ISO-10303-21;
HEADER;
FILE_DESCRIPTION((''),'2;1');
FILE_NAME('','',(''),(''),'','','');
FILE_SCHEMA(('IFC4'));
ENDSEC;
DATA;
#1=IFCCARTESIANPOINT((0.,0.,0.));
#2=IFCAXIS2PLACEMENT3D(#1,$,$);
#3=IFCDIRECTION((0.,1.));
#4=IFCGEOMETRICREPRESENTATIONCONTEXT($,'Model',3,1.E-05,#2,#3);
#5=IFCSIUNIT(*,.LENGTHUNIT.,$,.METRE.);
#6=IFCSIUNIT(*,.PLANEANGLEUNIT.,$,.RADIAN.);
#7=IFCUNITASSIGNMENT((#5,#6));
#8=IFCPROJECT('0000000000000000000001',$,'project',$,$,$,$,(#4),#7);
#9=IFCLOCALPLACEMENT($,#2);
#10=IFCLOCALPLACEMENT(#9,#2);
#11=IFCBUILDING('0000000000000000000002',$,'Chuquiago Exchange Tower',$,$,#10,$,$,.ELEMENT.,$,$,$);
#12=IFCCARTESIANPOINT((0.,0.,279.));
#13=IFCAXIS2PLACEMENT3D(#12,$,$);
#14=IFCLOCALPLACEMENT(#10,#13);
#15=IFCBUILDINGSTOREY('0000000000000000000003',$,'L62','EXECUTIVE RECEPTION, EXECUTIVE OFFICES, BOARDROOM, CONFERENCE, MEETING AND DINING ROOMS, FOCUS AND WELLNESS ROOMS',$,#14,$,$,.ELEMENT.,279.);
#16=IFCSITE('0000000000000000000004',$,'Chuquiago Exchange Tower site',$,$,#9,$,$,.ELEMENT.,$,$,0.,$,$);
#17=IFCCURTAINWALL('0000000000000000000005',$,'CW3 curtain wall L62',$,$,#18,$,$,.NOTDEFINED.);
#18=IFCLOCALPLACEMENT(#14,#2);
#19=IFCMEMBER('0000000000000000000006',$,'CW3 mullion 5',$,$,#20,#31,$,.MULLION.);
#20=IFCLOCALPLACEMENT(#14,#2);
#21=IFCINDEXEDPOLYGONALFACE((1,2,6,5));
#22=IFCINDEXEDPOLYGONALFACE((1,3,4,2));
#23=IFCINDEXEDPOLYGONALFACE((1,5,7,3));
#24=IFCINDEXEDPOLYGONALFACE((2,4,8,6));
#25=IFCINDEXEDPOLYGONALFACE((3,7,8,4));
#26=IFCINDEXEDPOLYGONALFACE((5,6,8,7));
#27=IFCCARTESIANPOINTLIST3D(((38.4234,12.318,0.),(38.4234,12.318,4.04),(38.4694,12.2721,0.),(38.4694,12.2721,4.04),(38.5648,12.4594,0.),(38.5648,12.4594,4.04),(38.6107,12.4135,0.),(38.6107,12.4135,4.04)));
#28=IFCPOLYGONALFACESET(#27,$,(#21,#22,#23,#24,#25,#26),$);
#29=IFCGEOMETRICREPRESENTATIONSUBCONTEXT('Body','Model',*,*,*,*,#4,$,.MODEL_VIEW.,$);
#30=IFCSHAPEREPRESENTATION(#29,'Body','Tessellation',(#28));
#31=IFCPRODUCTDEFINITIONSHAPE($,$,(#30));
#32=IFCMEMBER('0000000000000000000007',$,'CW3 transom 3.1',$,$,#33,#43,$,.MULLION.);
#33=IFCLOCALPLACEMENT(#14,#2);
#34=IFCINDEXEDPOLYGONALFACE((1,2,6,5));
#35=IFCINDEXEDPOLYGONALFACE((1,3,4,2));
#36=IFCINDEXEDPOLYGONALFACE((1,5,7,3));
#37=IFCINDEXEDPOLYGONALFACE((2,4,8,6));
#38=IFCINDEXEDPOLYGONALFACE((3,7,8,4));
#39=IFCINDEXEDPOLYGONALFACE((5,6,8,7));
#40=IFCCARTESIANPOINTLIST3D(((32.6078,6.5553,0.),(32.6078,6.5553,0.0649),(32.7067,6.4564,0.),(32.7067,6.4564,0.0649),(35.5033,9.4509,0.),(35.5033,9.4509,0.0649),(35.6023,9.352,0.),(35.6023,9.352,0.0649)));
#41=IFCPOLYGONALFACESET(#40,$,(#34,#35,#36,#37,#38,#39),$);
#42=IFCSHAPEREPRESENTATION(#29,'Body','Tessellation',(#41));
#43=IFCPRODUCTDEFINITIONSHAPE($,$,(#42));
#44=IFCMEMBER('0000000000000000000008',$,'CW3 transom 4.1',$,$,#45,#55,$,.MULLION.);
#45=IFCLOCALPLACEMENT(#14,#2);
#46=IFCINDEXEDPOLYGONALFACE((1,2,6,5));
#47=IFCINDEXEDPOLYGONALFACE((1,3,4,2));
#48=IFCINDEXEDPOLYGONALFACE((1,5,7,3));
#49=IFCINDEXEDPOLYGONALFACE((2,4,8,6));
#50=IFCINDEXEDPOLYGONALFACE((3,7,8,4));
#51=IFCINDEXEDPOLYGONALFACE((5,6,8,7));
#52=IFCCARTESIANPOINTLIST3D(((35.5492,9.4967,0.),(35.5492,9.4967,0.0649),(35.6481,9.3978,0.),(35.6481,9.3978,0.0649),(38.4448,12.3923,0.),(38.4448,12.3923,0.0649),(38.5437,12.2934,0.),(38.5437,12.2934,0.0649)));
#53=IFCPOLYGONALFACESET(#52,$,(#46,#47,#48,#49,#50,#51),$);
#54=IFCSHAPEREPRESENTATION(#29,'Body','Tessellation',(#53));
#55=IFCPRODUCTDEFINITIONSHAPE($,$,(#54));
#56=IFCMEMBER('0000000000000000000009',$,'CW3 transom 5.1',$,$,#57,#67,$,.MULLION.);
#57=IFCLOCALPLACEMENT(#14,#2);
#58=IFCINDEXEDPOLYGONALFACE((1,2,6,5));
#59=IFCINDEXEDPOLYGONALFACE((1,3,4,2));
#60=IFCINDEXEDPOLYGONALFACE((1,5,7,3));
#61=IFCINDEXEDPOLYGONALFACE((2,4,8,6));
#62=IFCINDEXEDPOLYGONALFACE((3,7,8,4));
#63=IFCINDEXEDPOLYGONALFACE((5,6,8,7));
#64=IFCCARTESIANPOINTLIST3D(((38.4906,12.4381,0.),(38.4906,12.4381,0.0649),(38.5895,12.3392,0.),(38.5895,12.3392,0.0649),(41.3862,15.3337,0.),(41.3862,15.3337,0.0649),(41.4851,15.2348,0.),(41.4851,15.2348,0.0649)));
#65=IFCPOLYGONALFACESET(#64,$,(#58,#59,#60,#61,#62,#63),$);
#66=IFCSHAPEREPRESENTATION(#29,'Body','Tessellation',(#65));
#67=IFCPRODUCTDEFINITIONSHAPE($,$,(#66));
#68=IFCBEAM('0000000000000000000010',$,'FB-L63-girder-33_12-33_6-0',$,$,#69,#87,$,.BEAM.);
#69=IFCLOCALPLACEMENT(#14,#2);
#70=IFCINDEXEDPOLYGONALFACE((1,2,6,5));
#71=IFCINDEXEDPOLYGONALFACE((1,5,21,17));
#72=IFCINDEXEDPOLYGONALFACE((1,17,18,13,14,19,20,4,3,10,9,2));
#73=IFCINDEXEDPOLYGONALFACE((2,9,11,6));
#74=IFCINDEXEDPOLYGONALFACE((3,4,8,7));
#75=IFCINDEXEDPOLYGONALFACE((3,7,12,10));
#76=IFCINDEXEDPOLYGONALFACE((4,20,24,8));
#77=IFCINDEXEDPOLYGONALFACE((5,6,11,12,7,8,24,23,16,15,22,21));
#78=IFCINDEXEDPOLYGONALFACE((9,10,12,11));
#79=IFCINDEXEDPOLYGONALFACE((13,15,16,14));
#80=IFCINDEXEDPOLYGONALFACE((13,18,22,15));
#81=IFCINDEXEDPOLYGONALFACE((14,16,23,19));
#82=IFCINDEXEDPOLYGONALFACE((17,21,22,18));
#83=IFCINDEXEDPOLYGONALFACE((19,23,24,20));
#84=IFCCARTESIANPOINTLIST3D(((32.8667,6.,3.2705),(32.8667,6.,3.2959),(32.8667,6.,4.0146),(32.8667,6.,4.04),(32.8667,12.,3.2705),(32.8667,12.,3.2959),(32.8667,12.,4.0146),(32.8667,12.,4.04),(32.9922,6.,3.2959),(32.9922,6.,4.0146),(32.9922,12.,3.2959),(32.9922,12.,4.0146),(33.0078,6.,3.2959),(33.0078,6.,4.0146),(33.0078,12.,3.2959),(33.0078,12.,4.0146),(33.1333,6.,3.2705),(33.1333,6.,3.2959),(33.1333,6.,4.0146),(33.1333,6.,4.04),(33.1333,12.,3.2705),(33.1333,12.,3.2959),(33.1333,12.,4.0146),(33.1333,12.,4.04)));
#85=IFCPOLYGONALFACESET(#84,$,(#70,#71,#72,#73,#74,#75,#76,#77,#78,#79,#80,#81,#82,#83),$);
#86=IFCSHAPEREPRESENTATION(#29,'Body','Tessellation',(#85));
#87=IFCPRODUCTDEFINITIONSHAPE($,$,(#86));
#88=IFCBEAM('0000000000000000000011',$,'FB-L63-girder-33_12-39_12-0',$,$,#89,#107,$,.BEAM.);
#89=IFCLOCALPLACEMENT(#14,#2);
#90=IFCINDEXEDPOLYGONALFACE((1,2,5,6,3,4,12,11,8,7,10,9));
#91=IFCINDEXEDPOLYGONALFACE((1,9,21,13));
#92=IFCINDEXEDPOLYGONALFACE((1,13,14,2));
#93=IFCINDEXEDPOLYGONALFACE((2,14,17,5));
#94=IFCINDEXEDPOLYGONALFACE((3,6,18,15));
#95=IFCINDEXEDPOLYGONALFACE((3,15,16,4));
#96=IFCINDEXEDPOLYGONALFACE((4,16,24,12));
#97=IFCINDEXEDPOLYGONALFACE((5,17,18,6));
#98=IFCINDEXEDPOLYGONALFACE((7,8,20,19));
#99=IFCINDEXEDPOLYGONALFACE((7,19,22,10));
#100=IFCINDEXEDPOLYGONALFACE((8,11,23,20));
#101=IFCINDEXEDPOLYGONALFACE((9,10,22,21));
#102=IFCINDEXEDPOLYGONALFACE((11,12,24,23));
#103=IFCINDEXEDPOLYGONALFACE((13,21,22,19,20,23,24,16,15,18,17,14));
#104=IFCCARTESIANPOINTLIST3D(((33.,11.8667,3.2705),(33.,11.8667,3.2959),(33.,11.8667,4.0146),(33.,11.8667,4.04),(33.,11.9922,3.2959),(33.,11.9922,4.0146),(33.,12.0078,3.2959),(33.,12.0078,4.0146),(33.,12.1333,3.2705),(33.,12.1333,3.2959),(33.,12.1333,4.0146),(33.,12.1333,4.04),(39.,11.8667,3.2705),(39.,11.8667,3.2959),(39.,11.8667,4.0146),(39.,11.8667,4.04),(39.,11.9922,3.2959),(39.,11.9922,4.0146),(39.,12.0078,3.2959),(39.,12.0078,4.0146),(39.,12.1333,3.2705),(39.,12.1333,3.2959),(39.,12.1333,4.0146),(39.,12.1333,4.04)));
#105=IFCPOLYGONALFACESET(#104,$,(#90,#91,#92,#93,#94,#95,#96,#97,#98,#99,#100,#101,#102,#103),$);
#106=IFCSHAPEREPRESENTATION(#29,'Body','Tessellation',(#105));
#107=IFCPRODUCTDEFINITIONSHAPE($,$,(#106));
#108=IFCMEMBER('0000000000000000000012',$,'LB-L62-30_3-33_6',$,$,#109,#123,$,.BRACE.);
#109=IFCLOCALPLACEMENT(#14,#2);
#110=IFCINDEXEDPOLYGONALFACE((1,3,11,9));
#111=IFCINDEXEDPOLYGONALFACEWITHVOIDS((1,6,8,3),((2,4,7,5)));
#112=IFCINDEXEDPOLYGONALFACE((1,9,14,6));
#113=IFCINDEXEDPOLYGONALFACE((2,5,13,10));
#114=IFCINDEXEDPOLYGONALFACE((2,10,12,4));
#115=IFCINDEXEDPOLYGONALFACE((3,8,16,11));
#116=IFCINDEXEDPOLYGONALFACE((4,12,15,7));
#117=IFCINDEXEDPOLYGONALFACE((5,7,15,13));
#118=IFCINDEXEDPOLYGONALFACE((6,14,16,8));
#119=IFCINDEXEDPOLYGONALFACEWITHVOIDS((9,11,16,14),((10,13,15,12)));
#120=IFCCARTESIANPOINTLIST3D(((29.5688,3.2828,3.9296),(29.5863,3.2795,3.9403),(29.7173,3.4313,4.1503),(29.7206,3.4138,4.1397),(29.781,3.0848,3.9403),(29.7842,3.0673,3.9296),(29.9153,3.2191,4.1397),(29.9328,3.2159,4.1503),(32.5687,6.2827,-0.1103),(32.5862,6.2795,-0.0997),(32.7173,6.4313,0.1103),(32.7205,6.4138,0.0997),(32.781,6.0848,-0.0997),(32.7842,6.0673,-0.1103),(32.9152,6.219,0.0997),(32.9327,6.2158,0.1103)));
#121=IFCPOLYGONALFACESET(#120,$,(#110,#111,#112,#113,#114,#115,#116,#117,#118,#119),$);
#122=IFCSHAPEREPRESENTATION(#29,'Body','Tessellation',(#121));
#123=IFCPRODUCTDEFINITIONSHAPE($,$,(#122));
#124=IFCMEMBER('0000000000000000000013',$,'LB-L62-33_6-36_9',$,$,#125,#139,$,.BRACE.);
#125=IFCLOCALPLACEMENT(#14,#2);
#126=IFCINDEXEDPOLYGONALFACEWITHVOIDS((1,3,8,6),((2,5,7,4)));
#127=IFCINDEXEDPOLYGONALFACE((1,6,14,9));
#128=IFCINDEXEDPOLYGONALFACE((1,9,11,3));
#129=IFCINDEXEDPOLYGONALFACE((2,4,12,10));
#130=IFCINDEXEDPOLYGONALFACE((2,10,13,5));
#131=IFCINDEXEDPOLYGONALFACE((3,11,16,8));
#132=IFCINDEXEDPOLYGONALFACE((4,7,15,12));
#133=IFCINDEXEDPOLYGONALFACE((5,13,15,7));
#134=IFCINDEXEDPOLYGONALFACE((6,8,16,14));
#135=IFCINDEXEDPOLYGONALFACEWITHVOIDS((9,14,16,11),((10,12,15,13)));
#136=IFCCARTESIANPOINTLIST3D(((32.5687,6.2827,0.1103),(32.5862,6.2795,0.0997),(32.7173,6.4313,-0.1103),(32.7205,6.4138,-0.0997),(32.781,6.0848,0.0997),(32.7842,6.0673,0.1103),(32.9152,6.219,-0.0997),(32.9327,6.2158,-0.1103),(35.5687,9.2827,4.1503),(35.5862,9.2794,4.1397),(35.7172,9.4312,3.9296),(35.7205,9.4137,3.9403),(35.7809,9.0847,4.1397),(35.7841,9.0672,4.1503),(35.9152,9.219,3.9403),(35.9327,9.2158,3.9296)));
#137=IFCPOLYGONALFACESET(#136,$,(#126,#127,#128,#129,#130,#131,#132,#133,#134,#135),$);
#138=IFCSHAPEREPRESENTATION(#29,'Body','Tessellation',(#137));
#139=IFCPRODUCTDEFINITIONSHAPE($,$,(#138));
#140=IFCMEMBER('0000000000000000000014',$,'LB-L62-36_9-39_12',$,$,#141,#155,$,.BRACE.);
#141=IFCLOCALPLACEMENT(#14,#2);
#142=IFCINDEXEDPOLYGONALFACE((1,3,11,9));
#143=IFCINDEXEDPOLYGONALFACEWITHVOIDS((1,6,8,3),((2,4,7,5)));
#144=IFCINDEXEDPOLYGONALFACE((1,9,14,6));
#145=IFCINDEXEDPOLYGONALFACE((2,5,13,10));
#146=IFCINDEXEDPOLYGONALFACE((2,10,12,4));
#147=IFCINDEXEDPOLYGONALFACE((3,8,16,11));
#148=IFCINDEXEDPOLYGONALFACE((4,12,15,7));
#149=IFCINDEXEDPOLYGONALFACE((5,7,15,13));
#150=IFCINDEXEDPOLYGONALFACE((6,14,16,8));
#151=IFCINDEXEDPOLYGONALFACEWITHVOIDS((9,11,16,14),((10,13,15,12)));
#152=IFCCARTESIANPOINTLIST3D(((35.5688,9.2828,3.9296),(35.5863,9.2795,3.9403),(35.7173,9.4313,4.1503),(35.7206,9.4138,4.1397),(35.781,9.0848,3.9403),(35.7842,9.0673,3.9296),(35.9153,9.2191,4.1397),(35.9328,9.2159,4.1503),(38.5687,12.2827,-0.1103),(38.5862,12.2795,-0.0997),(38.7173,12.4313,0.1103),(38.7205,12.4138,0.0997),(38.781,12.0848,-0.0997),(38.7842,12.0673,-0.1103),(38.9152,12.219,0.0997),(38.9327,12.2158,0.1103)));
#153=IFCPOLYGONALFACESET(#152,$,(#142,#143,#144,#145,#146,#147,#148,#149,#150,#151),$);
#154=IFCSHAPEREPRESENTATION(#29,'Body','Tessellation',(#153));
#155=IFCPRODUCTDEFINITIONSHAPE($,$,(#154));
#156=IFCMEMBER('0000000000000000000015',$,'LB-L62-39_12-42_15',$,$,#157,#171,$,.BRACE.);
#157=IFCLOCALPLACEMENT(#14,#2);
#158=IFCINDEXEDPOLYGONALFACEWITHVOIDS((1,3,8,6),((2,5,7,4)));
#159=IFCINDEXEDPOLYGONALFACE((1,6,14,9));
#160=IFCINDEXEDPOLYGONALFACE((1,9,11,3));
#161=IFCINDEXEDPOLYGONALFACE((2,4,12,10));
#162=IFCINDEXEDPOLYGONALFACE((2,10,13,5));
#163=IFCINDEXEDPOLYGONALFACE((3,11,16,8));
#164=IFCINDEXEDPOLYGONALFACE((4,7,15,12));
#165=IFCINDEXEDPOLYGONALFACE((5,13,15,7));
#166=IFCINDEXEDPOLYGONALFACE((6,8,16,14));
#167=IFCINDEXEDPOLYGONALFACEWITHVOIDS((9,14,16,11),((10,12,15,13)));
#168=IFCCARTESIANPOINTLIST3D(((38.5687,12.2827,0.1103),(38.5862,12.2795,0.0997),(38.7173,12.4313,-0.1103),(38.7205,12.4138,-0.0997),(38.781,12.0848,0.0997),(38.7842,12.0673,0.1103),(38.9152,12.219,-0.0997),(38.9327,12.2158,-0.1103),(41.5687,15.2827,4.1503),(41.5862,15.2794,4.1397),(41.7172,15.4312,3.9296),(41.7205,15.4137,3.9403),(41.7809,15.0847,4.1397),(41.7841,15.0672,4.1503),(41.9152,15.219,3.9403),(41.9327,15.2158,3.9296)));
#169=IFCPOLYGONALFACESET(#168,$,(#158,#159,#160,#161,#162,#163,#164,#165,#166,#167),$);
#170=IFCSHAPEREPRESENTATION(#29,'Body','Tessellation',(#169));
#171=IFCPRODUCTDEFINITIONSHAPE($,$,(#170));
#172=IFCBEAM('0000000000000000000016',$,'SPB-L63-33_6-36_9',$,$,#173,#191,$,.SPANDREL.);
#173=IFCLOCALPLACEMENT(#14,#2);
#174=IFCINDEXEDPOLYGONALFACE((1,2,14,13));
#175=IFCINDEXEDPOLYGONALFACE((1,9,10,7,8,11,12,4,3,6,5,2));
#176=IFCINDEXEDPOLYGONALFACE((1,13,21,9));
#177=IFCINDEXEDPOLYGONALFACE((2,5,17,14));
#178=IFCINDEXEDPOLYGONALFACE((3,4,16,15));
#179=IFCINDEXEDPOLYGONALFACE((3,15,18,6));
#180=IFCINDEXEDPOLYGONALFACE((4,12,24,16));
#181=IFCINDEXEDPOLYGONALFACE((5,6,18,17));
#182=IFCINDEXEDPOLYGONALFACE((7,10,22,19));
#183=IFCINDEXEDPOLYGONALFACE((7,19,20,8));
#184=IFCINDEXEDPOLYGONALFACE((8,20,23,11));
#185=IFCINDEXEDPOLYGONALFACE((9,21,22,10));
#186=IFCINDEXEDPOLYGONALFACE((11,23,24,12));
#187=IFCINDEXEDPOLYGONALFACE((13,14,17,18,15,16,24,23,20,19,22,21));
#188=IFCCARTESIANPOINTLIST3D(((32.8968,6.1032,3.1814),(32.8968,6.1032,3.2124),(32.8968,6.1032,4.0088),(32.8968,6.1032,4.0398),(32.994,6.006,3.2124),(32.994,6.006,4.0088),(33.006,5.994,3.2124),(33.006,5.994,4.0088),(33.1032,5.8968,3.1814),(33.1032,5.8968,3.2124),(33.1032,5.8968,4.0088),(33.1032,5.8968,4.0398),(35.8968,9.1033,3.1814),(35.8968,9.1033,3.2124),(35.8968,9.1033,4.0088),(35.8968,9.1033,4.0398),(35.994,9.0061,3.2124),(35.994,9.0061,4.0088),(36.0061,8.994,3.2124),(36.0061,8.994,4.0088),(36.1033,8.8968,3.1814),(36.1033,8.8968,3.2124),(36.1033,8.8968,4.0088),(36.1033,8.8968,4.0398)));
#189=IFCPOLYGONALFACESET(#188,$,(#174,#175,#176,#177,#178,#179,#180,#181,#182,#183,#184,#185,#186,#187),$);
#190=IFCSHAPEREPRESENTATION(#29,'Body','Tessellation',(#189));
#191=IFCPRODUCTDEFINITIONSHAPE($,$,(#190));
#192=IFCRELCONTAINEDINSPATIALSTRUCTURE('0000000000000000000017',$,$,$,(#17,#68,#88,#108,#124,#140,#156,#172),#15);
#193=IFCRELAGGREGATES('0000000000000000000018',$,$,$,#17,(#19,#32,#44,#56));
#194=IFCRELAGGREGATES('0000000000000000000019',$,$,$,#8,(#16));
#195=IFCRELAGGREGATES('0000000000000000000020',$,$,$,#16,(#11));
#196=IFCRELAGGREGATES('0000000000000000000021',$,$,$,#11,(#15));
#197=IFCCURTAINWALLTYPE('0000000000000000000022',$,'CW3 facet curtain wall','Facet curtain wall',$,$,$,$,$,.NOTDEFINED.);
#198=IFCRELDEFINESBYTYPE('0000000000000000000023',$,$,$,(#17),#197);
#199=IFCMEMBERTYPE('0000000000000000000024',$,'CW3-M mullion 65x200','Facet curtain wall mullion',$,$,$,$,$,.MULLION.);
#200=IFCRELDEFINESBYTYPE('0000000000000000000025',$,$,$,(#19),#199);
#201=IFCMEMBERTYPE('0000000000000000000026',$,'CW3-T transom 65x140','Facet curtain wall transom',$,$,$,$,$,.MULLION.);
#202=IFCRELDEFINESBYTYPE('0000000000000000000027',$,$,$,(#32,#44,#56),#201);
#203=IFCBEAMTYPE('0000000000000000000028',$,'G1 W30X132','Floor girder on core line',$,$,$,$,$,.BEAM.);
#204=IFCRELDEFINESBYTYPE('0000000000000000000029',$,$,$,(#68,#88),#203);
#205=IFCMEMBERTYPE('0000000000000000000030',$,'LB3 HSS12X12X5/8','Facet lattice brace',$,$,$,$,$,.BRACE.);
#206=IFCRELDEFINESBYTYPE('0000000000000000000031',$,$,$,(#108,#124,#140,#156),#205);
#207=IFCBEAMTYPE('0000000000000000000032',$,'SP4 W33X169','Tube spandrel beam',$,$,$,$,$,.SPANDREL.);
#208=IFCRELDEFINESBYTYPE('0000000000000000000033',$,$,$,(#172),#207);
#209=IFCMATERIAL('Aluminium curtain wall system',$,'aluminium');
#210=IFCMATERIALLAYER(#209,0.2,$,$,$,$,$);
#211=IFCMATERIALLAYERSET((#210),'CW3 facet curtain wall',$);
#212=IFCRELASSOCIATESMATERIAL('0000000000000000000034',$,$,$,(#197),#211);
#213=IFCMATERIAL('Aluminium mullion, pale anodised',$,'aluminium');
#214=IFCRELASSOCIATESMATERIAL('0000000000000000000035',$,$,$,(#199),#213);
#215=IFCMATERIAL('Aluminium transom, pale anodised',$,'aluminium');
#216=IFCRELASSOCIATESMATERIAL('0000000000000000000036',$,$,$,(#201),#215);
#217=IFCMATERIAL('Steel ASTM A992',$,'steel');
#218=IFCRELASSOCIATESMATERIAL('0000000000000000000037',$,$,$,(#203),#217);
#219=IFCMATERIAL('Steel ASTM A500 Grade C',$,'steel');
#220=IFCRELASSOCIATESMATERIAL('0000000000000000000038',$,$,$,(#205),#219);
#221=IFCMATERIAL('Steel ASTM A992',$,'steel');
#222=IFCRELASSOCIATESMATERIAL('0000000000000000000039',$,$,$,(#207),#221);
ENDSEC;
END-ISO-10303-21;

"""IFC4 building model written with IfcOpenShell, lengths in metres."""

from ifc_helpers import new_model, si_unit, direction, frame, origin, origin_2d, place, context, subcontext, project, spatial, rectangle, hollow_rectangle, i_section, extrude, material, layer, layer_set, material_profile, profile_set, type_object, element, aggregate, save


model = new_model("IFC4")

# Units and contexts
model_context = context("Model", 3, precision=1e-05, world=origin(), true_north=direction((0.0, 1.0)))
body_context = subcontext(model_context, "Body", "Model", "MODEL_VIEW")
ifc_project = project(units=[si_unit("LENGTHUNIT", "METRE"), si_unit("PLANEANGLEUNIT", "RADIAN")], contexts=[model_context])

# Site, building, storey
site_placement = place(None, origin())
site = spatial("IfcSite", under=ifc_project, at=site_placement, Name="Chuquiago Exchange Tower site", CompositionType="ELEMENT", RefElevation=0.0)
building_placement = place(site_placement, origin())
building = spatial("IfcBuilding", under=site, at=building_placement, Name="Chuquiago Exchange Tower", CompositionType="ELEMENT")
storey_placement = place(building_placement, frame((0.0, 0.0, 279.0)))
storey = spatial("IfcBuildingStorey", under=building, at=storey_placement, Name="L62", Description="EXECUTIVE RECEPTION, EXECUTIVE OFFICES, BOARDROOM, CONFERENCE, MEETING AND DINING ROOMS, FOCUS AND WELLNESS ROOMS", CompositionType="ELEMENT", Elevation=279.0)

# Curtain wall, members
ifc_material_1 = material(Name="Aluminium curtain wall system", Category="aluminium")
ifc_layer_1 = layer(ifc_material_1, 0.2)
ifc_layer_set_1 = layer_set([ifc_layer_1], Name="CW3 facet curtain wall")
curtain_wall_type = type_object("IfcCurtainWallType", Name="CW3 facet curtain wall", Description="Facet curtain wall", PredefinedType="NOTDEFINED", material=ifc_layer_set_1)
curtain_wall_placement = place(storey_placement, origin())
curtain_wall = element("IfcCurtainWall", 1, at=curtain_wall_placement, inside=storey, type_object=curtain_wall_type, Name="CW3 curtain wall L62", PredefinedType="NOTDEFINED")
ifc_material_2 = material(Name="Aluminium mullion, pale anodised", Category="aluminium")
ifc_material_profile_1 = material_profile(ifc_material_2, rectangle(XDim=0.0649, YDim=0.2, at=origin_2d()), Name="AL 65x200")
ifc_profile_set_1 = profile_set([ifc_material_profile_1], Name="Aluminium mullion, pale anodised")
member_type_1 = type_object("IfcMemberType", Name="CW3-M mullion 65x200", Description="Facet curtain wall mullion", PredefinedType="MULLION", material=ifc_profile_set_1)
member_1_placement = place(storey_placement, frame((38.5171, 12.3657, 0.0), z_axis=(0.0, 0.0, 1.0), x_axis=(-0.707107, 0.707107, 0.0)))
member_1 = element("IfcMember", 2, at=member_1_placement, type_object=member_type_1, Name="CW3 mullion 5", PredefinedType="MULLION", context=body_context, shape_type="SweptSolid", body=[
    extrude(rectangle(XDim=0.0649, YDim=0.2, at=origin_2d()), origin(), (0.0, 0.0, 1.0), 4.04),
])
ifc_material_3 = material(Name="Aluminium transom, pale anodised", Category="aluminium")
ifc_material_profile_2 = material_profile(ifc_material_3, rectangle(XDim=0.1399, YDim=0.0649, at=origin_2d()), Name="AL 140x65")
ifc_profile_set_2 = profile_set([ifc_material_profile_2], Name="Aluminium transom, pale anodised")
member_type_2 = type_object("IfcMemberType", Name="CW3-T transom 65x140", Description="Facet curtain wall transom", PredefinedType="MULLION", material=ifc_profile_set_2)
member_2_placement = place(storey_placement, frame((32.6572, 6.5059, 0.0325), z_axis=(0.707107, 0.707107, 0.0), x_axis=(-0.707107, 0.707107, 0.0)))
member_2 = element("IfcMember", 3, at=member_2_placement, type_object=member_type_2, Name="CW3 transom 3.1", PredefinedType="MULLION", context=body_context, shape_type="SweptSolid", body=[
    extrude(rectangle(XDim=0.1399, YDim=0.0649, at=origin_2d()), origin(), (0.0, 0.0, 1.0), 4.095),
])
member_3_placement = place(storey_placement, frame((35.5986, 9.4473, 0.0325), z_axis=(0.707107, 0.707107, 0.0), x_axis=(-0.707107, 0.707107, 0.0)))
member_3 = element("IfcMember", 4, at=member_3_placement, type_object=member_type_2, Name="CW3 transom 4.1", PredefinedType="MULLION", context=body_context, shape_type="SweptSolid", body=[
    extrude(rectangle(XDim=0.1399, YDim=0.0649, at=origin_2d()), origin(), (0.0, 0.0, 1.0), 4.095),
])
member_4_placement = place(storey_placement, frame((38.54, 12.3887, 0.0325), z_axis=(0.707107, 0.707107, 0.0), x_axis=(-0.707107, 0.707107, 0.0)))
member_4 = element("IfcMember", 5, at=member_4_placement, type_object=member_type_2, Name="CW3 transom 5.1", PredefinedType="MULLION", context=body_context, shape_type="SweptSolid", body=[
    extrude(rectangle(XDim=0.1399, YDim=0.0649, at=origin_2d()), origin(), (0.0, 0.0, 1.0), 4.095),
])

# Beams
ifc_material_4 = material(Name="Steel ASTM A992", Category="steel")
ifc_material_profile_3 = material_profile(ifc_material_4, i_section(OverallWidth=0.2666, OverallDepth=0.7695, WebThickness=0.0156, FlangeThickness=0.0254, at=origin_2d()), Name="W30X132")
ifc_profile_set_3 = profile_set([ifc_material_profile_3], Name="Steel ASTM A992")
beam_type_1 = type_object("IfcBeamType", Name="G1 W30X132", Description="Floor girder on core line", PredefinedType="BEAM", material=ifc_profile_set_3)
for number, where, z_axis, x_axis, name in (
    (6, (33.0, 12.0, 3.6553), (0.0, -1.0, 0.0), (1.0, 0.0, 0.0), "FB-L63-girder-33_12-33_6-0"),
    (7, (33.0, 12.0, 3.6553), (1.0, 0.0, 0.0), (0.0, 1.0, 0.0), "FB-L63-girder-33_12-39_12-0"),
):
    element("IfcBeam", number, at=place(storey_placement, frame(where, z_axis=z_axis, x_axis=x_axis)), inside=storey, type_object=beam_type_1, Name=name, PredefinedType="BEAM", context=body_context, shape_type="SweptSolid", body=[
        extrude(i_section(OverallWidth=0.2666, OverallDepth=0.7695, WebThickness=0.0156, FlangeThickness=0.0254, at=origin_2d()), origin(), (0.0, 0.0, 1.0), 6.0),
    ])

# Members
ifc_material_5 = material(Name="Steel ASTM A500 Grade C", Category="steel")
ifc_material_profile_4 = material_profile(ifc_material_5, hollow_rectangle(XDim=0.3047, YDim=0.3047, WallThickness=0.0146, at=origin_2d()), Name="HSS12X12X5/8")
ifc_profile_set_4 = profile_set([ifc_material_profile_4], Name="Steel ASTM A500 Grade C")
member_type_3 = type_object("IfcMemberType", Name="LB3 HSS12X12X5/8", Description="Facet lattice brace", PredefinedType="BRACE", material=ifc_profile_set_4)
for number, where, z_axis, x_axis, name in (
    (8, (32.7507, 6.2493, 0.0), (-0.512077, -0.512077, 0.689604), (0.707107, -0.707107, 0.0), "LB-L62-30_3-33_6"),
    (9, (32.7507, 6.2493, 0.0), (0.512077, 0.512077, 0.689604), (-0.707107, 0.707107, 0.0), "LB-L62-33_6-36_9"),
    (10, (38.7507, 12.2493, 0.0), (-0.512077, -0.512077, 0.689604), (0.707107, -0.707107, 0.0), "LB-L62-36_9-39_12"),
    (11, (38.7507, 12.2493, 0.0), (0.512077, 0.512077, 0.689604), (-0.707107, 0.707107, 0.0), "LB-L62-39_12-42_15"),
):
    element("IfcMember", number, at=place(storey_placement, frame(where, z_axis=z_axis, x_axis=x_axis)), inside=storey, type_object=member_type_3, Name=name, PredefinedType="BRACE", context=body_context, shape_type="SweptSolid", body=[
        extrude(hollow_rectangle(XDim=0.3047, YDim=0.3047, WallThickness=0.0146, at=origin_2d()), origin(), (0.0, 0.0, 1.0), 5.8584),
    ])

# Beam
ifc_material_6 = material(Name="Steel ASTM A992", Category="steel")
ifc_material_profile_5 = material_profile(ifc_material_6, i_section(OverallWidth=0.292, OverallDepth=0.8584, WebThickness=0.0171, FlangeThickness=0.031, at=origin_2d()), Name="W33X169")
ifc_profile_set_5 = profile_set([ifc_material_profile_5], Name="Steel ASTM A992")
beam_type_2 = type_object("IfcBeamType", Name="SP4 W33X169", Description="Tube spandrel beam", PredefinedType="SPANDREL", material=ifc_profile_set_5)
for number, where, z_axis, x_axis, name in (
    (12, (33.0, 6.0, 3.6106), (0.707107, 0.707107, 0.0), (-0.707107, 0.707107, 0.0), "SPB-L63-33_6-36_9"),
):
    element("IfcBeam", number, at=place(storey_placement, frame(where, z_axis=z_axis, x_axis=x_axis)), inside=storey, type_object=beam_type_2, Name=name, PredefinedType="SPANDREL", context=body_context, shape_type="SweptSolid", body=[
        extrude(i_section(OverallWidth=0.292, OverallDepth=0.8584, WebThickness=0.0171, FlangeThickness=0.031, at=origin_2d()), origin(), (0.0, 0.0, 1.0), 4.2427),
    ])

aggregate(curtain_wall, [member_1, member_2, member_3, member_4])

save(model, "model.ifc")
